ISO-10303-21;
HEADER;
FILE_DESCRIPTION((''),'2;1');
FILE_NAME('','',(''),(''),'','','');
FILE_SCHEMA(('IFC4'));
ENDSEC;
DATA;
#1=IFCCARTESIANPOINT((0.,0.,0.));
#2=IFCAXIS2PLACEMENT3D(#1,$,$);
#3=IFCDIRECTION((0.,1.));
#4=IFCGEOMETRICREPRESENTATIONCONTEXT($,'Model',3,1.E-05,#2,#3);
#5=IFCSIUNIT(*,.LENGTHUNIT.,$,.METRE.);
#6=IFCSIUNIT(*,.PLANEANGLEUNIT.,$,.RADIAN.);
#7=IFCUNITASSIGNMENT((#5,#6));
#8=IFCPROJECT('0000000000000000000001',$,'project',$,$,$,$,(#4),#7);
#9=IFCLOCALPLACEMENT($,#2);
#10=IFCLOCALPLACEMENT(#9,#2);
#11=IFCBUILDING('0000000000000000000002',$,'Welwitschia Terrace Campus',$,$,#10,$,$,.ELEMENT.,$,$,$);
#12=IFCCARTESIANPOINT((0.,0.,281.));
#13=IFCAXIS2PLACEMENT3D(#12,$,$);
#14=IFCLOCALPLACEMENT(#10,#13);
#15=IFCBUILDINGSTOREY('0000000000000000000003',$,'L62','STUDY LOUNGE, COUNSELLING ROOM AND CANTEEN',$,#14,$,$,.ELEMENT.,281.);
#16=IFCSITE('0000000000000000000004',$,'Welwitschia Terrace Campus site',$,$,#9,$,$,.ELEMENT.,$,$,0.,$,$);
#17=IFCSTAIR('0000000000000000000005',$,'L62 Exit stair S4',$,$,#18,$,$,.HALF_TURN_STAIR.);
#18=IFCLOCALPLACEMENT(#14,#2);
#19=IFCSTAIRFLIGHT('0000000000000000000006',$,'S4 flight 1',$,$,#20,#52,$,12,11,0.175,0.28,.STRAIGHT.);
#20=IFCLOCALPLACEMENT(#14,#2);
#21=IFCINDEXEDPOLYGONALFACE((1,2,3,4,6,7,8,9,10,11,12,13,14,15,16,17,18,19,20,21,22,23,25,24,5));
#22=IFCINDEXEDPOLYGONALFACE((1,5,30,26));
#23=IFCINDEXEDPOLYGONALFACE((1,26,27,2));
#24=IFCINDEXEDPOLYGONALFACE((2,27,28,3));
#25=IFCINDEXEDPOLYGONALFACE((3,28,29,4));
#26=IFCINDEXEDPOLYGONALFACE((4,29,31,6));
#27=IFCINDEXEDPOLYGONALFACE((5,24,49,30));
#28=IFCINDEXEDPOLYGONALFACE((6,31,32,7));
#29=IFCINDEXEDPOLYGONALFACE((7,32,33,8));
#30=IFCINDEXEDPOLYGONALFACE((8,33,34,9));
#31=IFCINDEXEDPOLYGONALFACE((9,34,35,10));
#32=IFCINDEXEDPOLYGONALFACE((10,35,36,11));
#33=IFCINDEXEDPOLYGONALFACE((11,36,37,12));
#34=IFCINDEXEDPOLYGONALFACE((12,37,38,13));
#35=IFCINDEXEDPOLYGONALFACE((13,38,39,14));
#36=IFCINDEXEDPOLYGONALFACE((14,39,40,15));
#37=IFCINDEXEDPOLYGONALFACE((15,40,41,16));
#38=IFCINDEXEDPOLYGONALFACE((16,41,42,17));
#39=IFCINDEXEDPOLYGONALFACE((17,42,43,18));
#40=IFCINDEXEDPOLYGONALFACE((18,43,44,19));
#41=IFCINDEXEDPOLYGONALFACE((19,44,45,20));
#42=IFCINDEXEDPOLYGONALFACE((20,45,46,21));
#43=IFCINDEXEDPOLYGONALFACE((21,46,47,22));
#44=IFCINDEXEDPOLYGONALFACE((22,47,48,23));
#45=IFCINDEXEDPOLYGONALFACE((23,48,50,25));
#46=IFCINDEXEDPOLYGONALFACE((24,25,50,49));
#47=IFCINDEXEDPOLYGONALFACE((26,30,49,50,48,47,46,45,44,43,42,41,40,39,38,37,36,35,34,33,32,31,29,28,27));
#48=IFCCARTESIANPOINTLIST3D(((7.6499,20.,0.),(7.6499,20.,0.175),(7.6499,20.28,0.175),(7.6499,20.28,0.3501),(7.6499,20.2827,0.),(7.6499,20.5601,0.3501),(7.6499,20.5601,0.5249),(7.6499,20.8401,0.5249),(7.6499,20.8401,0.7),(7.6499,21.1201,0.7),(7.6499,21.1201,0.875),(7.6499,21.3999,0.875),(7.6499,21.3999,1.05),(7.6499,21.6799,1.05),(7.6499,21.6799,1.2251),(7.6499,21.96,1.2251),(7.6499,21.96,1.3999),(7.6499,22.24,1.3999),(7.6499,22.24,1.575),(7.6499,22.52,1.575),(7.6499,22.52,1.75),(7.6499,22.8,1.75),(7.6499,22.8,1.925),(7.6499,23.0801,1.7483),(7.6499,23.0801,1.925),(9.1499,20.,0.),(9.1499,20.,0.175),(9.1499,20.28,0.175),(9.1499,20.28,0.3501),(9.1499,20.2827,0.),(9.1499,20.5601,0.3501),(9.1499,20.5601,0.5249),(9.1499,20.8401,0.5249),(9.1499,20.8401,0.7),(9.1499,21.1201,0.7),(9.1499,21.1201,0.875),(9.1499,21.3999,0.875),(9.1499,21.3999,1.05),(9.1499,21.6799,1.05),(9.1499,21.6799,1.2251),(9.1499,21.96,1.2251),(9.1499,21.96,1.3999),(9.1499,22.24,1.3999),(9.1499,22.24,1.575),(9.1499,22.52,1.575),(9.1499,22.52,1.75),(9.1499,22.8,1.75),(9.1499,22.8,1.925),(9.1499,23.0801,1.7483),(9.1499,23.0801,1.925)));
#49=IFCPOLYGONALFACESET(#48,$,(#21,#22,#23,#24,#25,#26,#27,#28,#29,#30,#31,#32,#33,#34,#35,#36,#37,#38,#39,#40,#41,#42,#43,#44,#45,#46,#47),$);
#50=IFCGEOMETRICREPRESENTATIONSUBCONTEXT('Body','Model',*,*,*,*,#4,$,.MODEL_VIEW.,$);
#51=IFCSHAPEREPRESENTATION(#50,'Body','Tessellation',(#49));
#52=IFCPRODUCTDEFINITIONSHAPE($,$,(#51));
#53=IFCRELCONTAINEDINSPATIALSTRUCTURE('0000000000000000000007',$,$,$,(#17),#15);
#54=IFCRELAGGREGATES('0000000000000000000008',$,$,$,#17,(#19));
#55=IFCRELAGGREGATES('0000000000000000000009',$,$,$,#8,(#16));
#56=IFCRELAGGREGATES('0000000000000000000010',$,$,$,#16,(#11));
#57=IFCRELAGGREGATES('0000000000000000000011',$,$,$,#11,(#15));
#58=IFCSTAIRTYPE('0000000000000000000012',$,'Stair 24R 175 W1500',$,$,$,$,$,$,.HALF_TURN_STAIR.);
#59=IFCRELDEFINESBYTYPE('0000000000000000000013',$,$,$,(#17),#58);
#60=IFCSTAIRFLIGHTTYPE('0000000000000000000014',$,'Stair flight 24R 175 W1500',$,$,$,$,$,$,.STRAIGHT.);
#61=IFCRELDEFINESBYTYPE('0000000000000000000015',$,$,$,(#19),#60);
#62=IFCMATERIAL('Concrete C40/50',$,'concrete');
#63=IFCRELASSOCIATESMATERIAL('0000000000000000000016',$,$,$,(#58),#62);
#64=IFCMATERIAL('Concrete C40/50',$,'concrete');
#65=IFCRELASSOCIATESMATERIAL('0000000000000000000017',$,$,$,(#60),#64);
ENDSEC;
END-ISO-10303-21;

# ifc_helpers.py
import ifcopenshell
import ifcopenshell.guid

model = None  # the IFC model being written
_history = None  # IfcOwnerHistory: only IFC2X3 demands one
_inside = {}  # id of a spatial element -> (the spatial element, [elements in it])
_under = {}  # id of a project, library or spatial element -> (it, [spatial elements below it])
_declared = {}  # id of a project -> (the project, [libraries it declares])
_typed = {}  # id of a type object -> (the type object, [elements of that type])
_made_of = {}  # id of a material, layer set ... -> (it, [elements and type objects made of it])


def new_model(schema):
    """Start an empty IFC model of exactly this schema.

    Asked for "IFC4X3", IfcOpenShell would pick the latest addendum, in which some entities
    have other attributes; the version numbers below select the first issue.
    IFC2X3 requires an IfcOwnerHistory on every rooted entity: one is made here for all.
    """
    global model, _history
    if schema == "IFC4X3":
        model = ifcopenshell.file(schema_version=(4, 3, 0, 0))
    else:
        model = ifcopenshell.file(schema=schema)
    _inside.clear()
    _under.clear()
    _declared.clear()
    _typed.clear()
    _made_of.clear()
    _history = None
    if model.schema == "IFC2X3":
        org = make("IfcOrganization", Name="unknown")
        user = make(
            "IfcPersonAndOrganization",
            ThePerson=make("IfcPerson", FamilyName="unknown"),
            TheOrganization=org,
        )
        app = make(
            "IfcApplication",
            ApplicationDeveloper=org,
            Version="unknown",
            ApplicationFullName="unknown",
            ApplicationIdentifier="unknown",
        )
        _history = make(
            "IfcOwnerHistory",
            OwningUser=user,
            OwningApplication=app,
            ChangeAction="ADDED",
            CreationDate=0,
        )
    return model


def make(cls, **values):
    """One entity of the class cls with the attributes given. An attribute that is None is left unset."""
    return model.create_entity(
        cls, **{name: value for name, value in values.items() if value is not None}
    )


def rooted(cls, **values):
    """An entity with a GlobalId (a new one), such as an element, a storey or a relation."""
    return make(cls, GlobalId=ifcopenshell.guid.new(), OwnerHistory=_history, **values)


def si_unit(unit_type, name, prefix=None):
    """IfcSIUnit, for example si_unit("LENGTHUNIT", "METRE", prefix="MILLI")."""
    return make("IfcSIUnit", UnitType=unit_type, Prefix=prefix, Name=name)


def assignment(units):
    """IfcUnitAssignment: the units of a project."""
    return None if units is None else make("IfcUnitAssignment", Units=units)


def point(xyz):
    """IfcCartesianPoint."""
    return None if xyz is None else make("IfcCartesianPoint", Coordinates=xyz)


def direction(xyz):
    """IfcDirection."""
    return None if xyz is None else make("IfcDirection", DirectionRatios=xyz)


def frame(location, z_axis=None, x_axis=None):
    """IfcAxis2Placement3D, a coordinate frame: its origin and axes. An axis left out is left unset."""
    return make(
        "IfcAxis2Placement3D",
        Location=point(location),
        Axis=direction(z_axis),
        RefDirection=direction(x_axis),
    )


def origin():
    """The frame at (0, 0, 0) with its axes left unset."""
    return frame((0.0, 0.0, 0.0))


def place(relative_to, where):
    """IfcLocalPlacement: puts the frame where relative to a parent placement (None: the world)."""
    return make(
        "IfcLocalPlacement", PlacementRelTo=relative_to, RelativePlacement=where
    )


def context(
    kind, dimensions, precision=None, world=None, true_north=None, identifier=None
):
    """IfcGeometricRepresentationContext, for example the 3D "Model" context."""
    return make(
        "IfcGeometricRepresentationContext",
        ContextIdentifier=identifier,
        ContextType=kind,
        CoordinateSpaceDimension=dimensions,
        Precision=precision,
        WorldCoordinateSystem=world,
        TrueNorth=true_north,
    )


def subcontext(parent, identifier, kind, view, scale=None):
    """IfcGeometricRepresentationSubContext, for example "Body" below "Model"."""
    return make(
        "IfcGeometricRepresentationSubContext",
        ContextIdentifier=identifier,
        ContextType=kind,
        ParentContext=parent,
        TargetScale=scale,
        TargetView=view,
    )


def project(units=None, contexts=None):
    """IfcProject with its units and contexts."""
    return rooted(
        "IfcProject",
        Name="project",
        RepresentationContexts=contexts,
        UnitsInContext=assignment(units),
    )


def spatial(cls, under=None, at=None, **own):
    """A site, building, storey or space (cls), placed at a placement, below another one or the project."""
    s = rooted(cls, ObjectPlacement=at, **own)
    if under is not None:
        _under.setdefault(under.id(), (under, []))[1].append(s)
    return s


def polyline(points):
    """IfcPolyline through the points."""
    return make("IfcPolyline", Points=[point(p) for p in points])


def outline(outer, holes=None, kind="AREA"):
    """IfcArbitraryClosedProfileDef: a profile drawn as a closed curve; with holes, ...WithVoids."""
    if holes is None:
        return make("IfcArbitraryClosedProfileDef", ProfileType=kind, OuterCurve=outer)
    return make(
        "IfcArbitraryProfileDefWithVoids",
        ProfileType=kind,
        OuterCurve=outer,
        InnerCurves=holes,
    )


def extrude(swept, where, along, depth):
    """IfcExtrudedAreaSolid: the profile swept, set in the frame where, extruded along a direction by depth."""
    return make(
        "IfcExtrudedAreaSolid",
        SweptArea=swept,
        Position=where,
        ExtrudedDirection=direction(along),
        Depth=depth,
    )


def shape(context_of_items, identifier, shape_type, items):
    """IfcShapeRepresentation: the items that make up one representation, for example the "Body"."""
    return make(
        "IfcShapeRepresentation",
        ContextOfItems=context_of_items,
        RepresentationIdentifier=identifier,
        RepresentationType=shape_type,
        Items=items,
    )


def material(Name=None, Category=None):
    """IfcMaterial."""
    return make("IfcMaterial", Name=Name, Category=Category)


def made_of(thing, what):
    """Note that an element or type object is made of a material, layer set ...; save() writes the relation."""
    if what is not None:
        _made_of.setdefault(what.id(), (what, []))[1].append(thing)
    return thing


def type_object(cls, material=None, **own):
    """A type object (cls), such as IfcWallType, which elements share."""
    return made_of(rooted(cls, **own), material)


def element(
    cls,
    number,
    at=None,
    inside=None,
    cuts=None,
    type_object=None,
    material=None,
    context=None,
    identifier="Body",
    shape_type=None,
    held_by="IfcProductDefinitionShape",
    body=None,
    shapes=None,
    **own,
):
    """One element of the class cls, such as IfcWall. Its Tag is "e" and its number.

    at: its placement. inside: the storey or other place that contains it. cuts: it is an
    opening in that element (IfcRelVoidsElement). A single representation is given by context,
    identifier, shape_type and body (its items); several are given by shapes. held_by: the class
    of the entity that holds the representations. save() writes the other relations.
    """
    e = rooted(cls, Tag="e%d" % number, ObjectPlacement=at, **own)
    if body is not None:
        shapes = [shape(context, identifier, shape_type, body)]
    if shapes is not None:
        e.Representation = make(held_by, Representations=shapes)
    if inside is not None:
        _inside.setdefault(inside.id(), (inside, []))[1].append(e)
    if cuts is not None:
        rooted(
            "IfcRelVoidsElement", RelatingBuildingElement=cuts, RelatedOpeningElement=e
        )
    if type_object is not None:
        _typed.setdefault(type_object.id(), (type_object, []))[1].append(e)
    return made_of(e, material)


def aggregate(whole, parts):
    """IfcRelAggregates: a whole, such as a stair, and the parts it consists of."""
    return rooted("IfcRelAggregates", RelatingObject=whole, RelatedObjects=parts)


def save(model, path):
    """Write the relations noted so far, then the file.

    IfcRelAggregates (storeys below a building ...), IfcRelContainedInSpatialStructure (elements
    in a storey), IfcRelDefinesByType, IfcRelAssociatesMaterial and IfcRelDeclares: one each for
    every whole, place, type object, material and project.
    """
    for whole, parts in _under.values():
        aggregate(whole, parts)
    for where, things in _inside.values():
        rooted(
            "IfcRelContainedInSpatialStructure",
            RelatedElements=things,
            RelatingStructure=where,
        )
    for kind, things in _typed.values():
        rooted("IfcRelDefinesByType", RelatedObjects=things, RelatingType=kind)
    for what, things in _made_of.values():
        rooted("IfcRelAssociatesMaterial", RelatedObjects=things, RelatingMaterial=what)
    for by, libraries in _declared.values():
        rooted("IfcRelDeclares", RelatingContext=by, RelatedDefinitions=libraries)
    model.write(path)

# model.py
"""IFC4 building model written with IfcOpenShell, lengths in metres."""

from ifc_helpers import new_model, si_unit, direction, frame, origin, place, context, subcontext, project, spatial, polyline, outline, extrude, material, type_object, element, aggregate, save


model = new_model("IFC4")

# Units and contexts
model_context = context("Model", 3, precision=1e-05, world=origin(), true_north=direction((0.0, 1.0)))
body_context = subcontext(model_context, "Body", "Model", "MODEL_VIEW")
ifc_project = project(units=[si_unit("LENGTHUNIT", "METRE"), si_unit("PLANEANGLEUNIT", "RADIAN")], contexts=[model_context])

# Site, building, storey
site_placement = place(None, origin())
site = spatial("IfcSite", under=ifc_project, at=site_placement, Name="Welwitschia Terrace Campus site", CompositionType="ELEMENT", RefElevation=0.0)
building_placement = place(site_placement, origin())
building = spatial("IfcBuilding", under=site, at=building_placement, Name="Welwitschia Terrace Campus", CompositionType="ELEMENT")
storey_placement = place(building_placement, frame((0.0, 0.0, 281.0)))
storey = spatial("IfcBuildingStorey", under=building, at=storey_placement, Name="L62", Description="STUDY LOUNGE, COUNSELLING ROOM AND CANTEEN", CompositionType="ELEMENT", Elevation=281.0)

# Stair, stair flight
ifc_material_1 = material(Name="Concrete C40/50", Category="concrete")
stair_type = type_object("IfcStairType", Name="Stair 24R 175 W1500", PredefinedType="HALF_TURN_STAIR", material=ifc_material_1)
ifc_material_2 = material(Name="Concrete C40/50", Category="concrete")
stair_flight_type = type_object("IfcStairFlightType", Name="Stair flight 24R 175 W1500", PredefinedType="STRAIGHT", material=ifc_material_2)
stair_1_placement = place(storey_placement, origin())
stair_1 = element("IfcStair", 1, at=stair_1_placement, inside=storey, type_object=stair_type, Name="L62 Exit stair S4", PredefinedType="HALF_TURN_STAIR")
stair_flight_1_placement = place(storey_placement, frame((8.3999, 20.0, 0.0), z_axis=(0.0, 0.0, 1.0), x_axis=(0.0, 1.0, 0.0)))
stair_flight_1 = element("IfcStairFlight", 2, at=stair_flight_1_placement, type_object=stair_flight_type, Name="S4 flight 1", NumberOfRisers=12, NumberOfTreads=11, PredefinedType="STRAIGHT", RiserHeight=0.175, TreadLength=0.28, context=body_context, shape_type="SweptSolid", body=[
    extrude(outline(polyline([(0.0, 0.0), (0.0, 0.175), (0.28, 0.175), (0.28, 0.3501), (0.5601, 0.3501), (0.5601, 0.5249), (0.8401, 0.5249), (0.8401, 0.7), (1.1201, 0.7), (1.1201, 0.875), (1.3999, 0.875), (1.3999, 1.05), (1.6799, 1.05), (1.6799, 1.2251), (1.96, 1.2251), (1.96, 1.3999), (2.24, 1.3999), (2.24, 1.575), (2.52, 1.575), (2.52, 1.75), (2.8, 1.75), (2.8, 1.925), (3.0801, 1.925), (3.0801, 2.1001), (3.0801, 1.7483), (0.2827, 0.0), (0.0, 0.0)])), frame((0.0, 0.75, 0.0), z_axis=(0.0, -1.0, 0.0), x_axis=(1.0, 0.0, 0.0)), (0.0, 0.0, 1.0), 1.5),
])
aggregate(stair_1, [stair_flight_1])

save(model, "model.ifc")
